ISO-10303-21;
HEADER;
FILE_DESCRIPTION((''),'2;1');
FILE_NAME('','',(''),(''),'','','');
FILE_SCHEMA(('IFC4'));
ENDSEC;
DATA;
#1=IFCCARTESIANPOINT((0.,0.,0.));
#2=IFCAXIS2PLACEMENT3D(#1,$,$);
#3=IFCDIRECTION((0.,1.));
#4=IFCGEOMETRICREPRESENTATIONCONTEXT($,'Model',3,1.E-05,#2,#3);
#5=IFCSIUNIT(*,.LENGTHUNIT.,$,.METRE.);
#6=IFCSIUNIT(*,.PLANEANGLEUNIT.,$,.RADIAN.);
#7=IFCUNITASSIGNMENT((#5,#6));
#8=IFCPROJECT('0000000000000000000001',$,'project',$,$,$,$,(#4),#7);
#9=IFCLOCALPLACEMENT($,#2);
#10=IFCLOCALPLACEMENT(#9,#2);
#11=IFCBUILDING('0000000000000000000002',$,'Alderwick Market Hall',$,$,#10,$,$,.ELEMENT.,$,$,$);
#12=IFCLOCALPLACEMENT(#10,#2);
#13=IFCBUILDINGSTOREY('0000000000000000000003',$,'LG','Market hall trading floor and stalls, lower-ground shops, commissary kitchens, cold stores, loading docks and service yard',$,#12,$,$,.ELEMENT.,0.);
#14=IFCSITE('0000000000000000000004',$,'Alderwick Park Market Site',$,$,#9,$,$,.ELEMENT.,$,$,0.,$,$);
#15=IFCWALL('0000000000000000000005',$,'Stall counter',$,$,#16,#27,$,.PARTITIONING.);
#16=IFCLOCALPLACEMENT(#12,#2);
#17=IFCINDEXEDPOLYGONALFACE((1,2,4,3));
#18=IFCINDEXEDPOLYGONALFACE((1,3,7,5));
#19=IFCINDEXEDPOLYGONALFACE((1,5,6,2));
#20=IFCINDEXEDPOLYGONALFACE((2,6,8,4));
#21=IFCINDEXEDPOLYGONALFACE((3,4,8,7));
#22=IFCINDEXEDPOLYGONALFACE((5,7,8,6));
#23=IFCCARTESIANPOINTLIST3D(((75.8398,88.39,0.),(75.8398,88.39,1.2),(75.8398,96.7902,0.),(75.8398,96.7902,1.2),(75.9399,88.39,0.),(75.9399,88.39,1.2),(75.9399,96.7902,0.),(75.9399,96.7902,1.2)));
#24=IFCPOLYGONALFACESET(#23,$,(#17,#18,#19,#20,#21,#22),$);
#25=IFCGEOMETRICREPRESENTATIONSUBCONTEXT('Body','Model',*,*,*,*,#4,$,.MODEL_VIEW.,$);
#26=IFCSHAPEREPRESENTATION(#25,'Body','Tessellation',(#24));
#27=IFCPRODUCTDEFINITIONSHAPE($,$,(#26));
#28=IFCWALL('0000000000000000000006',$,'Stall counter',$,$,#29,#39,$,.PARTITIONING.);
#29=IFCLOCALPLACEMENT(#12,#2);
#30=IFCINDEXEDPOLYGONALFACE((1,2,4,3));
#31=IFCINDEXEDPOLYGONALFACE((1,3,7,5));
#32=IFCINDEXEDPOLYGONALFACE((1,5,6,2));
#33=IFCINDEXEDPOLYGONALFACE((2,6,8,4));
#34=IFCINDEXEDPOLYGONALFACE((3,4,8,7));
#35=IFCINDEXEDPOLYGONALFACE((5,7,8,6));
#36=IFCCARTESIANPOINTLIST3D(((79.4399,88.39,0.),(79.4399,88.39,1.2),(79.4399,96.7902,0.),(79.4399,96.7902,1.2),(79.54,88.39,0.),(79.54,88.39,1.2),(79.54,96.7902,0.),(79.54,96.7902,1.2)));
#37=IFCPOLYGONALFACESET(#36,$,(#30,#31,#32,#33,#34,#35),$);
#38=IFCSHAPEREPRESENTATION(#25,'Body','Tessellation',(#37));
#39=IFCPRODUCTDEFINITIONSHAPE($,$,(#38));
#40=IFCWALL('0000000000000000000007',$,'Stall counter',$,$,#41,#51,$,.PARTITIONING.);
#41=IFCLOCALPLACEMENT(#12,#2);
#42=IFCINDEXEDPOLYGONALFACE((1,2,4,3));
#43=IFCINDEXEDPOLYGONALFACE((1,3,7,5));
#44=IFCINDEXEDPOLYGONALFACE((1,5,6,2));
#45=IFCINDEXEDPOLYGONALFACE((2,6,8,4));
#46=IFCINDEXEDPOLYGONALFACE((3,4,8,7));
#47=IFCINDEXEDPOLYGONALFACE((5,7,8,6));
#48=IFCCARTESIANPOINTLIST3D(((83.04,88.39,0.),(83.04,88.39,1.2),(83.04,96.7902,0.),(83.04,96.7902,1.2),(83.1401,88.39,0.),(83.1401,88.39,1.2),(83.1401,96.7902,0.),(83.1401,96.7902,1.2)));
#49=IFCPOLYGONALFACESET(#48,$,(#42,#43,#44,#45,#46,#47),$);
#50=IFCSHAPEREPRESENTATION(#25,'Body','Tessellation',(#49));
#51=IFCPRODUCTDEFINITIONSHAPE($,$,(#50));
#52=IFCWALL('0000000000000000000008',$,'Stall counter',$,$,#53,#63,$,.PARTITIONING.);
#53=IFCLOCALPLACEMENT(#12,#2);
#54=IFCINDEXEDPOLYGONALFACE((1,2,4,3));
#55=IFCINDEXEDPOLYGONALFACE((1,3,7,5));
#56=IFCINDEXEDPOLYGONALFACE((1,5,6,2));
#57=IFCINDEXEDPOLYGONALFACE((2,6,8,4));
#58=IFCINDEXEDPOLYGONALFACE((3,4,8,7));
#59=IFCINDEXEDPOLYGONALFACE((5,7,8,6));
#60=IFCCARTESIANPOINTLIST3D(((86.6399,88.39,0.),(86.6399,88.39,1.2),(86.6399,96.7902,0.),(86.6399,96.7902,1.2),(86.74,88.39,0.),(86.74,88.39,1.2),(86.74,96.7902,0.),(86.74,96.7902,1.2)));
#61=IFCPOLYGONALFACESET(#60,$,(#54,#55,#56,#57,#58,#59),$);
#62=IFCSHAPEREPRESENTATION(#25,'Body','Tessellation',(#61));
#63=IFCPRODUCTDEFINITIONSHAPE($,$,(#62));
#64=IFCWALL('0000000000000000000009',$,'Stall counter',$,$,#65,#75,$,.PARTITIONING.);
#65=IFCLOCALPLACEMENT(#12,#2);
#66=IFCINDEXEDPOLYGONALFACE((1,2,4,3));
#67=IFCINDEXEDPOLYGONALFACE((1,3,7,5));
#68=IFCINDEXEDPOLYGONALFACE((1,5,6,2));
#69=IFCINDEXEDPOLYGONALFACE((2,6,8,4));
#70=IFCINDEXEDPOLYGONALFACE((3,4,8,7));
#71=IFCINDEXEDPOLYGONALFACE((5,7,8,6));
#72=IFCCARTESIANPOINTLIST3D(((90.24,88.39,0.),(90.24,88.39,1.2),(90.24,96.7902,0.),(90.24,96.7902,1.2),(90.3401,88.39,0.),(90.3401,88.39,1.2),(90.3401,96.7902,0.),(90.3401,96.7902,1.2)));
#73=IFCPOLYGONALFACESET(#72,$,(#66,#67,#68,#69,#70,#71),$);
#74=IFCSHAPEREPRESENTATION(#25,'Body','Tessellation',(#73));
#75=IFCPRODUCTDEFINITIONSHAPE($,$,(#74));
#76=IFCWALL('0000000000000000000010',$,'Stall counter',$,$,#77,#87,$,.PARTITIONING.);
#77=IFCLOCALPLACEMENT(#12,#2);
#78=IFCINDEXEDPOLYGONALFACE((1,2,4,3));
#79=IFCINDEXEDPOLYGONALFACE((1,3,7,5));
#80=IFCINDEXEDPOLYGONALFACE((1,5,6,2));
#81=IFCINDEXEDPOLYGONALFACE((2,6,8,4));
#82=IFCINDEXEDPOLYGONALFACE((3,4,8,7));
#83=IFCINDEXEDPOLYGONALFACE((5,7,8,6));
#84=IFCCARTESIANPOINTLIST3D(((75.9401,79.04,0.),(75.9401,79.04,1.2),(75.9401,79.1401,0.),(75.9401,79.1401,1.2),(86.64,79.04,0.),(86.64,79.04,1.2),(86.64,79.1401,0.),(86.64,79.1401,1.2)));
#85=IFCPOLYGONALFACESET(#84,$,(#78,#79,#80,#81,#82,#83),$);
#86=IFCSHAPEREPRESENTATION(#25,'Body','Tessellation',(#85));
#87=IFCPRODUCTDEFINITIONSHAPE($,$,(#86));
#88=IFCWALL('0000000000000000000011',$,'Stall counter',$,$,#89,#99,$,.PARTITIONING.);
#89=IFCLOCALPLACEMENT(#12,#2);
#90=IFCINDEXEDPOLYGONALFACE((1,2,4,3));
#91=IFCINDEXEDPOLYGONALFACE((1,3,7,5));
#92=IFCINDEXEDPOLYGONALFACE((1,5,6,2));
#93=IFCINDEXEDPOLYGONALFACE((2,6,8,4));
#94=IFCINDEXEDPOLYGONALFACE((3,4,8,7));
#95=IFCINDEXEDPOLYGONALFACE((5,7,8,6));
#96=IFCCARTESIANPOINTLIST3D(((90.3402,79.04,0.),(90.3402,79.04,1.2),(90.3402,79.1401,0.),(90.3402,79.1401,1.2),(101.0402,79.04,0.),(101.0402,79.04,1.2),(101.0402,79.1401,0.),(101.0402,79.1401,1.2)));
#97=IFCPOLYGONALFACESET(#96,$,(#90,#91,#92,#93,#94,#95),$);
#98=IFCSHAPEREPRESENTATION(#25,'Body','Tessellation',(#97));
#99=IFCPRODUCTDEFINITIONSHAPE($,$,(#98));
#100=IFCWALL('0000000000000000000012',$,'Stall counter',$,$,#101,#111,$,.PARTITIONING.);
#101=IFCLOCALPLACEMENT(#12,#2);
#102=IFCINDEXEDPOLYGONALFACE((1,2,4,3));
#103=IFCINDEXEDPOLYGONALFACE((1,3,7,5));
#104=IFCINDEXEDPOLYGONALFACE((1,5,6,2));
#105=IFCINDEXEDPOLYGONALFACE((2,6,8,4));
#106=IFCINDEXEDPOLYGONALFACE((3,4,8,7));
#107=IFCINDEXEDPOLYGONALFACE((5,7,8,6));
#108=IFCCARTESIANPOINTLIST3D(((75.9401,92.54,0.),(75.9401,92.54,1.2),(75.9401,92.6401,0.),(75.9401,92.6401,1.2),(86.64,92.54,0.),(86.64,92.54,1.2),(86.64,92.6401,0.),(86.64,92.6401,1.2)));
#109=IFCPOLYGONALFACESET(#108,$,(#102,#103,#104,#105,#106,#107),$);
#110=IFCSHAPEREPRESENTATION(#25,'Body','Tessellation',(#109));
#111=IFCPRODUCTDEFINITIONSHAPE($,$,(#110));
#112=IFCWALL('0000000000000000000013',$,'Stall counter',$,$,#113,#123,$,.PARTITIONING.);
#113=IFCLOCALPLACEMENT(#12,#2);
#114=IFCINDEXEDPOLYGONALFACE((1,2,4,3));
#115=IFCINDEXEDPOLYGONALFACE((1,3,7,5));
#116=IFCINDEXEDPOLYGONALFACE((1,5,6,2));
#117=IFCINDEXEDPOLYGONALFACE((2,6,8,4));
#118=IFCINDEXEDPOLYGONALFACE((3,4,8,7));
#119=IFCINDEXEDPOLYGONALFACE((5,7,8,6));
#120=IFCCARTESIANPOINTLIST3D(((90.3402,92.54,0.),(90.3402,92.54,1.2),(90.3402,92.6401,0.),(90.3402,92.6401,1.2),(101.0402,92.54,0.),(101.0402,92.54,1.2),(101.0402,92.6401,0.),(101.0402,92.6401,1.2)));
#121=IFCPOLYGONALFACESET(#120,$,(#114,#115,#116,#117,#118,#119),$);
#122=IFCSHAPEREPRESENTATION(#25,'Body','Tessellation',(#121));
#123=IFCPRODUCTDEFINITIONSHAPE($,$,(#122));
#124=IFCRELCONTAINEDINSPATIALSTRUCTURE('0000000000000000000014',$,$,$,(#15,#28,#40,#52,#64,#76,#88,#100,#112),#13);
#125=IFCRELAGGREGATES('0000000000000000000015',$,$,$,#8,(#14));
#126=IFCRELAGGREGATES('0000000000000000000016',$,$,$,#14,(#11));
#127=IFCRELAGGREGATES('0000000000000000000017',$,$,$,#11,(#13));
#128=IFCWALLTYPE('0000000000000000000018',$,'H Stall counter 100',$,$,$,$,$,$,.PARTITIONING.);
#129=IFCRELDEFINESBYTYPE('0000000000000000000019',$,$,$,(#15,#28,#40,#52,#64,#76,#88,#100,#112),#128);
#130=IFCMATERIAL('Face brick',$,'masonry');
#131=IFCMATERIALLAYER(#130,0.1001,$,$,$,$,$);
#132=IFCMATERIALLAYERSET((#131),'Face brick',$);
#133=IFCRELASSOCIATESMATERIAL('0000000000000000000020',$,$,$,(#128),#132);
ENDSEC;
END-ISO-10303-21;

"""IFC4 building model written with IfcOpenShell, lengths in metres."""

from ifc_helpers import new_model, si_unit, direction, frame, frame_2d, origin, place, context, subcontext, project, spatial, rectangle, extrude, material, layer, layer_set, type_object, element, save


model = new_model("IFC4")

# Units and contexts
model_context = context("Model", 3, precision=1e-05, world=origin(), true_north=direction((0.0, 1.0)))
body_context = subcontext(model_context, "Body", "Model", "MODEL_VIEW")
ifc_project = project(units=[si_unit("LENGTHUNIT", "METRE"), si_unit("PLANEANGLEUNIT", "RADIAN")], contexts=[model_context])

# Site, building, storey
site_placement = place(None, origin())
site = spatial("IfcSite", under=ifc_project, at=site_placement, Name="Alderwick Park Market Site", CompositionType="ELEMENT", RefElevation=0.0)
building_placement = place(site_placement, origin())
building = spatial("IfcBuilding", under=site, at=building_placement, Name="Alderwick Market Hall", CompositionType="ELEMENT")
storey_placement = place(building_placement, origin())
storey = spatial("IfcBuildingStorey", under=building, at=storey_placement, Name="LG", Description="Market hall trading floor and stalls, lower-ground shops, commissary kitchens, cold stores, loading docks and service yard", CompositionType="ELEMENT", Elevation=0.0)

# Walls
ifc_material_1 = material(Name="Face brick", Category="masonry")
ifc_layer_1 = layer(ifc_material_1, 0.1001)
ifc_layer_set_1 = layer_set([ifc_layer_1], Name="Face brick")
wall_type_1 = type_object("IfcWallType", Name="H Stall counter 100", PredefinedType="PARTITIONING", material=ifc_layer_set_1)
for number, where, z_axis, x_axis, name in (
    (1, (75.8899, 88.3899, 0.0), (0.0, 0.0, 1.0), (0.0, 1.0, 0.0), "Stall counter"),
    (2, (79.49, 88.3899, 0.0), (0.0, 0.0, 1.0), (0.0, 1.0, 0.0), "Stall counter"),
    (3, (83.0901, 88.3899, 0.0), (0.0, 0.0, 1.0), (0.0, 1.0, 0.0), "Stall counter"),
    (4, (86.6899, 88.3899, 0.0), (0.0, 0.0, 1.0), (0.0, 1.0, 0.0), "Stall counter"),
    (5, (90.29, 88.3899, 0.0), (0.0, 0.0, 1.0), (0.0, 1.0, 0.0), "Stall counter"),
):
    element("IfcWall", number, at=place(storey_placement, frame(where, z_axis=z_axis, x_axis=x_axis)), inside=storey, type_object=wall_type_1, Name=name, PredefinedType="PARTITIONING", context=body_context, shape_type="SweptSolid", body=[
        extrude(rectangle(XDim=8.4001, YDim=0.1001, at=frame_2d((4.2002, 0.0))), origin(), (0.0, 0.0, 1.0), 1.2),
    ])
for number, where, z_axis, x_axis, name in (
    (6, (75.9399, 79.0901, 0.0), (0.0, 0.0, 1.0), (1.0, 0.0, 0.0), "Stall counter"),
    (7, (90.3401, 79.0901, 0.0), (0.0, 0.0, 1.0), (1.0, 0.0, 0.0), "Stall counter"),
    (8, (75.9399, 92.5901, 0.0), (0.0, 0.0, 1.0), (1.0, 0.0, 0.0), "Stall counter"),
    (9, (90.3401, 92.5901, 0.0), (0.0, 0.0, 1.0), (1.0, 0.0, 0.0), "Stall counter"),
):
    element("IfcWall", number, at=place(storey_placement, frame(where, z_axis=z_axis, x_axis=x_axis)), inside=storey, type_object=wall_type_1, Name=name, PredefinedType="PARTITIONING", context=body_context, shape_type="SweptSolid", body=[
        extrude(rectangle(XDim=10.7, YDim=0.1001, at=frame_2d((5.3501, 0.0))), origin(), (0.0, 0.0, 1.0), 1.2),
    ])

save(model, "model.ifc")
